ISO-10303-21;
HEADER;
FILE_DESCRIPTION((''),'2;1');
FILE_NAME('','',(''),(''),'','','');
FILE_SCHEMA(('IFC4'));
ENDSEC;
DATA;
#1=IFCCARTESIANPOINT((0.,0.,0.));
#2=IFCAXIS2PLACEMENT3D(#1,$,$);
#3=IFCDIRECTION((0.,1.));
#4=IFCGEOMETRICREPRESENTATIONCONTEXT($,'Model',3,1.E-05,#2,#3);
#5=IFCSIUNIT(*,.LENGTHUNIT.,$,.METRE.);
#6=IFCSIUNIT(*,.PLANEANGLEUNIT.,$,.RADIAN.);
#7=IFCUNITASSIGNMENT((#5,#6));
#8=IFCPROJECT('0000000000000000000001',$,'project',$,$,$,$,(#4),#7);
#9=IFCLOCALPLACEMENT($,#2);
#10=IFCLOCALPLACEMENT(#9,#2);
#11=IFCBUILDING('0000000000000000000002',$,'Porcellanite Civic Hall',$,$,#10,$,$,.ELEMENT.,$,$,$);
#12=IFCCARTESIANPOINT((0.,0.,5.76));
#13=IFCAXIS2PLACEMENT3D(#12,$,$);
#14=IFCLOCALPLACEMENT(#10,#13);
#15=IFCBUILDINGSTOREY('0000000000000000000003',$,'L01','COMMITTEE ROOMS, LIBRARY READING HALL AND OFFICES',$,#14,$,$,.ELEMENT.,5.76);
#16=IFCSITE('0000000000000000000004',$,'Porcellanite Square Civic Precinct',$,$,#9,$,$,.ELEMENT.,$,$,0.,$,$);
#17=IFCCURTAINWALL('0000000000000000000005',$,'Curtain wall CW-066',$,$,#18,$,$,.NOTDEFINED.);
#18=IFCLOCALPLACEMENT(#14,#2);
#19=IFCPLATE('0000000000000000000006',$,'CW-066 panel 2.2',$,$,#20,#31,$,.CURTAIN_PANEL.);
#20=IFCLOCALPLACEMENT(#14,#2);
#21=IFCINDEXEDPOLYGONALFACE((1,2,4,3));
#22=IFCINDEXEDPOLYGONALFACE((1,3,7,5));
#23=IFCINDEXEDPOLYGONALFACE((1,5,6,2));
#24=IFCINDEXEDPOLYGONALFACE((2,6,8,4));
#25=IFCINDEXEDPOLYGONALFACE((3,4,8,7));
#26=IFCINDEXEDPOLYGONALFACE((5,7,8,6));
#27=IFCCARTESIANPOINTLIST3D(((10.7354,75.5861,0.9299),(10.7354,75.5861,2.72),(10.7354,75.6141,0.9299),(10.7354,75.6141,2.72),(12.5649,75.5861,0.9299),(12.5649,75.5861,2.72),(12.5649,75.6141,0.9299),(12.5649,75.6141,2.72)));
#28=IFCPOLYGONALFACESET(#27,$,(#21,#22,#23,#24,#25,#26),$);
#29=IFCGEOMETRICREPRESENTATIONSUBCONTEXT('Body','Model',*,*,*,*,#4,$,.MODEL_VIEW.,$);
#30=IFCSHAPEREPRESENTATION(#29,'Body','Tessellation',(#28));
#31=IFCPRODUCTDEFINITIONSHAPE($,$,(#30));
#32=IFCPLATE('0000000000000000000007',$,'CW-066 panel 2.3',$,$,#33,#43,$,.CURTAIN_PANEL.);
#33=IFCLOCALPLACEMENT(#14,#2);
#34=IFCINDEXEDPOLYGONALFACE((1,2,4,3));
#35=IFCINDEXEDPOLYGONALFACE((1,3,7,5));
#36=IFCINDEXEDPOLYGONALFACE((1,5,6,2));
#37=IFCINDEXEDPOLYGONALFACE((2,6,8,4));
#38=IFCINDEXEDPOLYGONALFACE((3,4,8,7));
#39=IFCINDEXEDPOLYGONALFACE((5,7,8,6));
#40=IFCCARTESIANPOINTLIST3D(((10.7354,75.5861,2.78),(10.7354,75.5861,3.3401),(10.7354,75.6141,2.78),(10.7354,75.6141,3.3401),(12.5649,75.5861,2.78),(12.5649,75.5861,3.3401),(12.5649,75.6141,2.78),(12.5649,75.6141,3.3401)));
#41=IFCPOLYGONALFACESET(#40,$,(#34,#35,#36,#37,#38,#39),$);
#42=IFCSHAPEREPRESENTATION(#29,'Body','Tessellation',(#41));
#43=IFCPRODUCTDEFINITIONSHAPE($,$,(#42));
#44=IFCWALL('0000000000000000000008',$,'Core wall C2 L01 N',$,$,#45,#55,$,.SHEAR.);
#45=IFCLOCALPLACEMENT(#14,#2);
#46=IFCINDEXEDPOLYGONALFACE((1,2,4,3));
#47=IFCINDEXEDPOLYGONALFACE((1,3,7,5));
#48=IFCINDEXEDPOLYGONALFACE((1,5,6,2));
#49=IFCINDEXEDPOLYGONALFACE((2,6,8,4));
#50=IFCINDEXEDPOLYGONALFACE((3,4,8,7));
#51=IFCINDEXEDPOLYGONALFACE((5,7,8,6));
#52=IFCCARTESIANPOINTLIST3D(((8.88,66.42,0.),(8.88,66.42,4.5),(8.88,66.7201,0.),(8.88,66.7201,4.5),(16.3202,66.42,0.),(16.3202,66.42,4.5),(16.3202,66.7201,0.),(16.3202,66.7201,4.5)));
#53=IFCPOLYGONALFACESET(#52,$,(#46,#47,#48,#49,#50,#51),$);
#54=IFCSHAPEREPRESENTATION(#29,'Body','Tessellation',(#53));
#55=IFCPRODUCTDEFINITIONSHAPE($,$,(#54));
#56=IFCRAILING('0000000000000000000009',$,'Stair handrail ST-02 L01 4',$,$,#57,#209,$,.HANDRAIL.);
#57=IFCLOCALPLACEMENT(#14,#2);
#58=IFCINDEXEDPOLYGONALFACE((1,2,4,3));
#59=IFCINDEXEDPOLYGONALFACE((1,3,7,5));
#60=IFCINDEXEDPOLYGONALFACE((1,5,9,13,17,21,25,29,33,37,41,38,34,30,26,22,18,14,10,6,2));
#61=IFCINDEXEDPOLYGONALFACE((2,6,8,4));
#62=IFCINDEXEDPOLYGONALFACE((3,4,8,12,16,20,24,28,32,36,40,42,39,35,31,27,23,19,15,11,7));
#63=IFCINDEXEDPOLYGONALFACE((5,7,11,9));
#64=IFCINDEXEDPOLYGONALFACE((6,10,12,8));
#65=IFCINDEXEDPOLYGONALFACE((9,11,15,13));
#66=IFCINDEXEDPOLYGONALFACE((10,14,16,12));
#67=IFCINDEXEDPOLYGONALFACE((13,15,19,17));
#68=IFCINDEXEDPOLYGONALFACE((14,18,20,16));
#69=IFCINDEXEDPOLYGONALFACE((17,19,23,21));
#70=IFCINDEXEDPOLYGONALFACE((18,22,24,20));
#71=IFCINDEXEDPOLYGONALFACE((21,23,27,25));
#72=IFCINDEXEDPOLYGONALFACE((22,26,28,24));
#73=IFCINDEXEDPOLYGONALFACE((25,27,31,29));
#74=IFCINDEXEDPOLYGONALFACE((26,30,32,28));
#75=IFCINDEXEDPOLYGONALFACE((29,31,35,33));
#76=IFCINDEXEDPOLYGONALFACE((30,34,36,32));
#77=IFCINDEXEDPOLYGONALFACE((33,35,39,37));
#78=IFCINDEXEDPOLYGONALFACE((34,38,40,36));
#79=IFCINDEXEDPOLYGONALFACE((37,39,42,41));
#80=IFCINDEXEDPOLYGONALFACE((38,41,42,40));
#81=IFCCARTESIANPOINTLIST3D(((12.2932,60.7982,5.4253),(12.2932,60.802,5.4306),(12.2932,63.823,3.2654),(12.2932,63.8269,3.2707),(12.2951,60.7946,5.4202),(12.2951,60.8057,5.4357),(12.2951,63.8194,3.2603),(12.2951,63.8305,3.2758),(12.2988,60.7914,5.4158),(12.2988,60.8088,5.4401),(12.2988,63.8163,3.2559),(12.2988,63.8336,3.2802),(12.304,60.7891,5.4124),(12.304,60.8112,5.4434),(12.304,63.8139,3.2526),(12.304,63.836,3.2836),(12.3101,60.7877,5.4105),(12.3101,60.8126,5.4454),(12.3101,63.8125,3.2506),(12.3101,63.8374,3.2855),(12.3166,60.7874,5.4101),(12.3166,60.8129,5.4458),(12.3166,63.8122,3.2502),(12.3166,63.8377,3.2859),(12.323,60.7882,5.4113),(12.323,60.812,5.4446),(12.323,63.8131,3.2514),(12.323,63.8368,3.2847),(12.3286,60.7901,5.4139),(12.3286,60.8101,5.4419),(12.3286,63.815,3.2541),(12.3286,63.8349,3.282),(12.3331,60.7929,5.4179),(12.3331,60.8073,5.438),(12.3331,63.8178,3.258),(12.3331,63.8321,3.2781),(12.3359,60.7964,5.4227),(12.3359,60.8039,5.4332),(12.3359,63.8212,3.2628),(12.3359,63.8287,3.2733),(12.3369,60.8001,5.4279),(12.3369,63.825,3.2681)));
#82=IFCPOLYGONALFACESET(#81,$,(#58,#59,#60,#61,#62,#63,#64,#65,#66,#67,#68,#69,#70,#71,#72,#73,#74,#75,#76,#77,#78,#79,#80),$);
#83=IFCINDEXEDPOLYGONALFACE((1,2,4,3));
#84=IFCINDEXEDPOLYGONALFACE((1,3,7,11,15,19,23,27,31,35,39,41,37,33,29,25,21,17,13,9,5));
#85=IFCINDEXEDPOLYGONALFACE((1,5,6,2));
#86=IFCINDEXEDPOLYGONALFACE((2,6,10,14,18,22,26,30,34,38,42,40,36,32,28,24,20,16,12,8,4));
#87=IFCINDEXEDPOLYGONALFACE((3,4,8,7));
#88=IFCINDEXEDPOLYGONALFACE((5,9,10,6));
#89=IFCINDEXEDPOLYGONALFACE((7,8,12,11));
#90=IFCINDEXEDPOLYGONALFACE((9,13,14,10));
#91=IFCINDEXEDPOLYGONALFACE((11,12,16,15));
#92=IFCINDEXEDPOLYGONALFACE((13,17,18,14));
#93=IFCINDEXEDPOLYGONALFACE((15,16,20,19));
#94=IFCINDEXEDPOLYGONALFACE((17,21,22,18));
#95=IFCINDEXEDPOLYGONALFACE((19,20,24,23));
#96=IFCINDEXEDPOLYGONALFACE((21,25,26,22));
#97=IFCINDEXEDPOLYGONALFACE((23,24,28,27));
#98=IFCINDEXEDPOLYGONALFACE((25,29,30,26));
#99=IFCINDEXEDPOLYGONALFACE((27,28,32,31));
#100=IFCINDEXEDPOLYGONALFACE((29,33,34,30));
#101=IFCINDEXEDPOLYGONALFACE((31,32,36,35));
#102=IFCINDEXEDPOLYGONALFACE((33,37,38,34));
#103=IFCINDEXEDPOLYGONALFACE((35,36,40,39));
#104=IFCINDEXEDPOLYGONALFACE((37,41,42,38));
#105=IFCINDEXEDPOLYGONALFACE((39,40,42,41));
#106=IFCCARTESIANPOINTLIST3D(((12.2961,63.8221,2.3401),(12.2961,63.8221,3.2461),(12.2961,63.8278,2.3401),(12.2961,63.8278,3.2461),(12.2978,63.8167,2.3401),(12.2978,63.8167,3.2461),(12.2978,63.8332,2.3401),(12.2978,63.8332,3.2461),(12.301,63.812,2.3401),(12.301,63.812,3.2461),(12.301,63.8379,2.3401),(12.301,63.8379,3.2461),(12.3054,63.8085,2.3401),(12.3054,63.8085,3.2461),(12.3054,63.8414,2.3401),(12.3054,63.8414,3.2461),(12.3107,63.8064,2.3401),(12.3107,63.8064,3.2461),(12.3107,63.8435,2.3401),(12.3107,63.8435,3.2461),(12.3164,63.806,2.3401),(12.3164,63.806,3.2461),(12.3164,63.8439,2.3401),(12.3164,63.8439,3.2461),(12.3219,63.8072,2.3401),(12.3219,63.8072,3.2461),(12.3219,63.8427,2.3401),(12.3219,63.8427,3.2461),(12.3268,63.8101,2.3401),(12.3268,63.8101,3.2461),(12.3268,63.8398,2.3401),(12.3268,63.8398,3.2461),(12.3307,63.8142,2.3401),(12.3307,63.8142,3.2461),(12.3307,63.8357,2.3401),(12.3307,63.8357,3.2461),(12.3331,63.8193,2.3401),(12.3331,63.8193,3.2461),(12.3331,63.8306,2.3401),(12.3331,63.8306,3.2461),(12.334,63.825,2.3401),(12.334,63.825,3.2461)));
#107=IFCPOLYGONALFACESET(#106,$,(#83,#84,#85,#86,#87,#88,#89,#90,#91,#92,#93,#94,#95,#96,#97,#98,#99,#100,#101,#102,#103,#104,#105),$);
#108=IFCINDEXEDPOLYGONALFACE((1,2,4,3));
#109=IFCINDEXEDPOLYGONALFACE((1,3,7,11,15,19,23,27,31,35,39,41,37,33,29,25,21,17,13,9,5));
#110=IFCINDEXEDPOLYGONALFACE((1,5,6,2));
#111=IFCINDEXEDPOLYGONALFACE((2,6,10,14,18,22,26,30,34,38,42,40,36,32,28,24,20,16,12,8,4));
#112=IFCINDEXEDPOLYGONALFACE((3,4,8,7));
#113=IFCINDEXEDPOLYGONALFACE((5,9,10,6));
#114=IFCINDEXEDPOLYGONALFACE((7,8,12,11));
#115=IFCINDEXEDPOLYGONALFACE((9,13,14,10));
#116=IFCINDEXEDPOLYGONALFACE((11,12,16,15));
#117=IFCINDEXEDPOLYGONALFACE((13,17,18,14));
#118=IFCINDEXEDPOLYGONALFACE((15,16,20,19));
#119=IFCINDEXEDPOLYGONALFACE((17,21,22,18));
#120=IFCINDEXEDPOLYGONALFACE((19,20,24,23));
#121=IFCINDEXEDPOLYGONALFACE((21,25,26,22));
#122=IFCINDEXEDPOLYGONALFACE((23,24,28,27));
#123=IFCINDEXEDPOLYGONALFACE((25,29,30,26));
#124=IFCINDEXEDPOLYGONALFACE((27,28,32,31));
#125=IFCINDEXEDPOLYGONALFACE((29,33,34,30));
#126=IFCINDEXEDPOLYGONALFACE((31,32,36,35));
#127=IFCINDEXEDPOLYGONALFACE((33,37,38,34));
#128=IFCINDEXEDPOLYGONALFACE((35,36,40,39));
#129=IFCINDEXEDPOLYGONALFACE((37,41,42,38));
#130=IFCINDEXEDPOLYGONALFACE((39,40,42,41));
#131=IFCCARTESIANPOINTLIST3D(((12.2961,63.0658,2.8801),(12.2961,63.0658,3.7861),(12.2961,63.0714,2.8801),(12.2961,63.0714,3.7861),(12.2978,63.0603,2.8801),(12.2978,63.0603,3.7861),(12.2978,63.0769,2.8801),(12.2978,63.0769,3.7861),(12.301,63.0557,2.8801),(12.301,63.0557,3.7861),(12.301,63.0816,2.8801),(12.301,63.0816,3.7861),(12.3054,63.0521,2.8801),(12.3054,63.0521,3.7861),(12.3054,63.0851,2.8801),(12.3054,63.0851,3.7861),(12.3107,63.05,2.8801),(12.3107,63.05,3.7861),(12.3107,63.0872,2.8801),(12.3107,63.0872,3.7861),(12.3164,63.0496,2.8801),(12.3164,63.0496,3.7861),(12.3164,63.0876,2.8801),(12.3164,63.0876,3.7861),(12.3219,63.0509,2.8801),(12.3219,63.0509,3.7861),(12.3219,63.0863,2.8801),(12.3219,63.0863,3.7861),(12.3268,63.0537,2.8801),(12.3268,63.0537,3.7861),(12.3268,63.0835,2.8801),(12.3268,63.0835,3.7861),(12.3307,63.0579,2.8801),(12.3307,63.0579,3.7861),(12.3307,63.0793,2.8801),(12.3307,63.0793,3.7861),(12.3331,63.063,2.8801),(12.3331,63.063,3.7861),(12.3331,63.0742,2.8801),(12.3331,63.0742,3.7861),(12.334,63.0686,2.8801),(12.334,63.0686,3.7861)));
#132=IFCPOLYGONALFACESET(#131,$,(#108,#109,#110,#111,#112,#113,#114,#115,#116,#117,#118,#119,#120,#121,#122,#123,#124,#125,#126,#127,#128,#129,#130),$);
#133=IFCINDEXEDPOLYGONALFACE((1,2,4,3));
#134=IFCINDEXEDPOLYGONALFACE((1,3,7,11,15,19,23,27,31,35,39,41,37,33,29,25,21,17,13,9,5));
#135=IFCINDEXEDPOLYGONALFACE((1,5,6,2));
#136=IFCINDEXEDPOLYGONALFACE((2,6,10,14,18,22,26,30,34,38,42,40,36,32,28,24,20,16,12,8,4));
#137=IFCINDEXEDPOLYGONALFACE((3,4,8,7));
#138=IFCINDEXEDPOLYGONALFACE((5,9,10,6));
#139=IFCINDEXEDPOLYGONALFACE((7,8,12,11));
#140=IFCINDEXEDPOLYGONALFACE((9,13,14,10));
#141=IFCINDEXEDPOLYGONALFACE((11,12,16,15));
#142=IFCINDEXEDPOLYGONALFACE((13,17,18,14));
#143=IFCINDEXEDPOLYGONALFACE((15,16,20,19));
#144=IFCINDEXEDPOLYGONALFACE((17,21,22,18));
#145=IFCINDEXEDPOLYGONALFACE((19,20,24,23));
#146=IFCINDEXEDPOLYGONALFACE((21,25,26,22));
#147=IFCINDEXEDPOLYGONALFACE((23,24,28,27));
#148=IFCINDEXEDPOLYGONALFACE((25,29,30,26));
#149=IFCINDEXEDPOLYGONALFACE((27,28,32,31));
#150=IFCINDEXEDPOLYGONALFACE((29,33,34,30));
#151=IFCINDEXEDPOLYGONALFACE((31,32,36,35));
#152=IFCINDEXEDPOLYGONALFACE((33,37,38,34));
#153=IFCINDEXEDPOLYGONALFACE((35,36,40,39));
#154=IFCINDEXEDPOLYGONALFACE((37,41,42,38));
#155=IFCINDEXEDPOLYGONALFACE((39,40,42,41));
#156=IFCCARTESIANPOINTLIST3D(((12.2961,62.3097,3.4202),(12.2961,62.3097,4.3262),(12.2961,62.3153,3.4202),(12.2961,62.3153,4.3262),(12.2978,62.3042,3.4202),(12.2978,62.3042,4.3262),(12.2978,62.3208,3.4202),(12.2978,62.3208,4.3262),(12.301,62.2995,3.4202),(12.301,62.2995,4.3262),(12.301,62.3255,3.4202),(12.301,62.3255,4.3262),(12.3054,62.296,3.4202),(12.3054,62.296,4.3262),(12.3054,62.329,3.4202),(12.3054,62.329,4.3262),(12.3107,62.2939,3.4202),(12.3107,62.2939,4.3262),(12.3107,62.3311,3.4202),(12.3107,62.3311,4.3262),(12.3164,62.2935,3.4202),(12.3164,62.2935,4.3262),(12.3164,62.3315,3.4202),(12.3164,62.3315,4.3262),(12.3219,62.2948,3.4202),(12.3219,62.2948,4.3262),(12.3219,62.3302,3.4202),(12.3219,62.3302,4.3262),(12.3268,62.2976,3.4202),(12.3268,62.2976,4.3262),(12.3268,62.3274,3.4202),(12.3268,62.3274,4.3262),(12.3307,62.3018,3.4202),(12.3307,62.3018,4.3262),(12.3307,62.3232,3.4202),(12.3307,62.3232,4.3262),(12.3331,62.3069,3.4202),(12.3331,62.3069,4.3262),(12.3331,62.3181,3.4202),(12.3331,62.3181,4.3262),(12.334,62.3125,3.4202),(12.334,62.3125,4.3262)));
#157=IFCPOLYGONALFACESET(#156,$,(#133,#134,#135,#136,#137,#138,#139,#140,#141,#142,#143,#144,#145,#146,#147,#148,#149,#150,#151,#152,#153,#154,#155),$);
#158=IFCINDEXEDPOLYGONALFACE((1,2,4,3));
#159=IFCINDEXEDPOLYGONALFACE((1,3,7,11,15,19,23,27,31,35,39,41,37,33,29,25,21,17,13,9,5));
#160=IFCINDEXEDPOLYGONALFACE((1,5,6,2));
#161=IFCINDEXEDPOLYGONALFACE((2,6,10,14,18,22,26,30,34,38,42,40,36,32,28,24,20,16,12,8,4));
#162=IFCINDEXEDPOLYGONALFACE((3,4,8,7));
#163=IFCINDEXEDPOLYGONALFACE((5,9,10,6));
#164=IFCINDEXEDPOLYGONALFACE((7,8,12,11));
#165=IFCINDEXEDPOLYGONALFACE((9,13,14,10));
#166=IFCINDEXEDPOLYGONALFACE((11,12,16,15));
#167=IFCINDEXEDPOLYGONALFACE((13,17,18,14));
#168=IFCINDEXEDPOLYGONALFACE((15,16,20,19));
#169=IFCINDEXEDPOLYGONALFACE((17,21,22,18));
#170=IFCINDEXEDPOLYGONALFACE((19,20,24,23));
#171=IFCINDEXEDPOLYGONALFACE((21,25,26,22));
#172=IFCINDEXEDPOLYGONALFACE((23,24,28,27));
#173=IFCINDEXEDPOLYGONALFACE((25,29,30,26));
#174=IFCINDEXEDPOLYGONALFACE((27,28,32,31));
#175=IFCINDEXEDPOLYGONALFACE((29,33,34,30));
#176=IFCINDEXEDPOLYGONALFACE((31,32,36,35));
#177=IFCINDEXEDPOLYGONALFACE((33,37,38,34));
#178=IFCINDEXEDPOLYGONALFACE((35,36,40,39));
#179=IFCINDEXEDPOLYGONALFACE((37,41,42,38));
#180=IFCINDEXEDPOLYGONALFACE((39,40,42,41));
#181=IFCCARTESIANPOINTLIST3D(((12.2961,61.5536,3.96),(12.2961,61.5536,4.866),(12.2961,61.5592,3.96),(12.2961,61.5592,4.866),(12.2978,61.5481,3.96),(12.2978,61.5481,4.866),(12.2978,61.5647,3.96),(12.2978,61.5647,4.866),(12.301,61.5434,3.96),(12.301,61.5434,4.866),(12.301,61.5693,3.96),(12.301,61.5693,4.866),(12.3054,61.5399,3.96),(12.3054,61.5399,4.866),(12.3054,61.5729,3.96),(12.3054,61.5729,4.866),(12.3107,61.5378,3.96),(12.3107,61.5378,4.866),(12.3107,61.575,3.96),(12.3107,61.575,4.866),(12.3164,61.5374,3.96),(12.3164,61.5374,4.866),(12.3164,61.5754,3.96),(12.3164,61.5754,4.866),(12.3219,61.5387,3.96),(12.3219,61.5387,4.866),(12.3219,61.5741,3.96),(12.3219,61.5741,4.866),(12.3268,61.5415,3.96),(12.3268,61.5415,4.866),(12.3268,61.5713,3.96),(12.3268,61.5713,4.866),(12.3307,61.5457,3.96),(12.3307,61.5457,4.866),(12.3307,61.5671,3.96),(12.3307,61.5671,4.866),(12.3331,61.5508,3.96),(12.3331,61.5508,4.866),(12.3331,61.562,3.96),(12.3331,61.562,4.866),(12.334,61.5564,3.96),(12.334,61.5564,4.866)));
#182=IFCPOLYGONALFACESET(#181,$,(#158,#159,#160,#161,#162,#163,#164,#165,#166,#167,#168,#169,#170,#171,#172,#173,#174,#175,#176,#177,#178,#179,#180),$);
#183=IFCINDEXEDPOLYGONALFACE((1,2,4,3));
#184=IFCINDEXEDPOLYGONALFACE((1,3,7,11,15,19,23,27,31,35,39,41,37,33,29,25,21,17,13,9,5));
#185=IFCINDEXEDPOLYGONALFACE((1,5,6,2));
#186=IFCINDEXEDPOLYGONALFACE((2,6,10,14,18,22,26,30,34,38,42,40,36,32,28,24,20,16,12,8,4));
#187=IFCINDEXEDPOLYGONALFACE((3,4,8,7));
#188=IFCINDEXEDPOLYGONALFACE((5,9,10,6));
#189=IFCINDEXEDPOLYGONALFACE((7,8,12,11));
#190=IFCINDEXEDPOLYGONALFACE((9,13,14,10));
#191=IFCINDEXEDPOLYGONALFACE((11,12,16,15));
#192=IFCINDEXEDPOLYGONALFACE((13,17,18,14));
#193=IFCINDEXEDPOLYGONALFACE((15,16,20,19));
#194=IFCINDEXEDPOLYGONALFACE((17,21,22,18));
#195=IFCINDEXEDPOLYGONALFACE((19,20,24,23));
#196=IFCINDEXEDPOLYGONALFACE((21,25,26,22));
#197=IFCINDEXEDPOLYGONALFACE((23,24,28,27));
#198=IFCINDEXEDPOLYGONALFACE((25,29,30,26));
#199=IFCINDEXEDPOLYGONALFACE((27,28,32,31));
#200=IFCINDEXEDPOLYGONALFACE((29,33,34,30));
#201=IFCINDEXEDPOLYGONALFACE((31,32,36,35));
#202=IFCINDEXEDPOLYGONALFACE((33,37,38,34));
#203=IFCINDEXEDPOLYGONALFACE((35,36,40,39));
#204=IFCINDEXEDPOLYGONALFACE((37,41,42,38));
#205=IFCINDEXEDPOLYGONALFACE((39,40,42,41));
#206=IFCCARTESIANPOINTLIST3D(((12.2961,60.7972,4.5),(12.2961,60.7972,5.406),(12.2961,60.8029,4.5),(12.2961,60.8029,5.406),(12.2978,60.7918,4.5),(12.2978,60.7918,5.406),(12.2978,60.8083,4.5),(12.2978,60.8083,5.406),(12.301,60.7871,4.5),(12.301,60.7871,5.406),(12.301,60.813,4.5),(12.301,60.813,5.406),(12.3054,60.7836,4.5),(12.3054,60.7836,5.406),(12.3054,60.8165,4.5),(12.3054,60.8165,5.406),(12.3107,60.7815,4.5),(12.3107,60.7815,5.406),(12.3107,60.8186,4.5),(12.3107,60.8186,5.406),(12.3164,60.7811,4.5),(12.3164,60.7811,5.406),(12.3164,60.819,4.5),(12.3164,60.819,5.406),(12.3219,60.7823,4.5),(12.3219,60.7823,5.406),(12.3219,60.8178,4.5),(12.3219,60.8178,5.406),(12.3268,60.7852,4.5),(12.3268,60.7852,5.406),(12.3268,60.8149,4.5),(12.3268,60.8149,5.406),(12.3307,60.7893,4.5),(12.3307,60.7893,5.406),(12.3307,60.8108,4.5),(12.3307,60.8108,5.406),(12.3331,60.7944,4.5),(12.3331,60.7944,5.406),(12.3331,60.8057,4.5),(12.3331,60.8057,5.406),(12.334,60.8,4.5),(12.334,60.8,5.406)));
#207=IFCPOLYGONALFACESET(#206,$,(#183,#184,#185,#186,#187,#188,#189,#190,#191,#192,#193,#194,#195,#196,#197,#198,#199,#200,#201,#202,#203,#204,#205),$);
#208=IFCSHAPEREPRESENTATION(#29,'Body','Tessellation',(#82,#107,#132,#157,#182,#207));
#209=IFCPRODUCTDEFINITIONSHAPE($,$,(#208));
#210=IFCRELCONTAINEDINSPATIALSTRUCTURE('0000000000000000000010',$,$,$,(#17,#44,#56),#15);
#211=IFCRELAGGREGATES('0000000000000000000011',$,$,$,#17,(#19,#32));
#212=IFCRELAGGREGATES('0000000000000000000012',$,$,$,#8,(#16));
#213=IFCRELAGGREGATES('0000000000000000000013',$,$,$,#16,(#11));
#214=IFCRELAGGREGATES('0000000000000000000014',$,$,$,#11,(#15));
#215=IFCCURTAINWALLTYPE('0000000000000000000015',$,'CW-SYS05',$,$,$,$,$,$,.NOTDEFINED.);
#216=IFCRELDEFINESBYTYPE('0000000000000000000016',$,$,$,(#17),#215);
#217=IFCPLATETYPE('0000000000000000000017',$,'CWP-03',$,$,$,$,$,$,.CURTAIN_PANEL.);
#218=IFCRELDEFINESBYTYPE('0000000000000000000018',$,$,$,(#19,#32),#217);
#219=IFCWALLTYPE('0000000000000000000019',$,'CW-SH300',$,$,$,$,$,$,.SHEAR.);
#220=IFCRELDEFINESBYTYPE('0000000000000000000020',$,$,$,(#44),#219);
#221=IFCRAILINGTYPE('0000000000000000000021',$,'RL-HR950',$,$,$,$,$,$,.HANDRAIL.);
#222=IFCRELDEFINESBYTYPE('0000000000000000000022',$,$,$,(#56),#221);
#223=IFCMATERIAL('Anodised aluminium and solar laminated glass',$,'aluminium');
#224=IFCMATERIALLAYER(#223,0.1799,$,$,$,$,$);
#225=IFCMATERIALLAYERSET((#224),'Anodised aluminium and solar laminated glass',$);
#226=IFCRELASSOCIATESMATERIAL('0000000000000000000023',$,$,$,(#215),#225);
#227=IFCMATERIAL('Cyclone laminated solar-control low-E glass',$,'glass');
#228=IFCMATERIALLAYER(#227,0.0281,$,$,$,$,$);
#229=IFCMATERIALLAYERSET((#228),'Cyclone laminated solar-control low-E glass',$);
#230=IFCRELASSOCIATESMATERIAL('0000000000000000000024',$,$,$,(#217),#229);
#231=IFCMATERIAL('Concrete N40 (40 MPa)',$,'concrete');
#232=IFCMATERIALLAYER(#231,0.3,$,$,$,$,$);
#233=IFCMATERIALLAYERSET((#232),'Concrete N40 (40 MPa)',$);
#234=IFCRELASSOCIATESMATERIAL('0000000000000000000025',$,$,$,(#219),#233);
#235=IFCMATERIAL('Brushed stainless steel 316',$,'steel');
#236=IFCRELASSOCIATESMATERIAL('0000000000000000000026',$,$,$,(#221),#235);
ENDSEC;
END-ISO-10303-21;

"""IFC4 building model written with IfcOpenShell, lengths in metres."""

from ifc_helpers import new_model, si_unit, direction, frame, frame_2d, origin, origin_2d, place, context, subcontext, project, spatial, rectangle, circle, extrude, material, layer, layer_set, type_object, element, aggregate, save


model = new_model("IFC4")

# Units and contexts
model_context = context("Model", 3, precision=1e-05, world=origin(), true_north=direction((0.0, 1.0)))
body_context = subcontext(model_context, "Body", "Model", "MODEL_VIEW")
ifc_project = project(units=[si_unit("LENGTHUNIT", "METRE"), si_unit("PLANEANGLEUNIT", "RADIAN")], contexts=[model_context])

# Site, building, storey
site_placement = place(None, origin())
site = spatial("IfcSite", under=ifc_project, at=site_placement, Name="Porcellanite Square Civic Precinct", CompositionType="ELEMENT", RefElevation=0.0)
building_placement = place(site_placement, origin())
building = spatial("IfcBuilding", under=site, at=building_placement, Name="Porcellanite Civic Hall", CompositionType="ELEMENT")
storey_placement = place(building_placement, frame((0.0, 0.0, 5.76)))
storey = spatial("IfcBuildingStorey", under=building, at=storey_placement, Name="L01", Description="COMMITTEE ROOMS, LIBRARY READING HALL AND OFFICES", CompositionType="ELEMENT", Elevation=5.76)

# Curtain wall, plates
ifc_material_1 = material(Name="Anodised aluminium and solar laminated glass", Category="aluminium")
ifc_layer_1 = layer(ifc_material_1, 0.1799)
ifc_layer_set_1 = layer_set([ifc_layer_1], Name="Anodised aluminium and solar laminated glass")
curtain_wall_type = type_object("IfcCurtainWallType", Name="CW-SYS05", PredefinedType="NOTDEFINED", material=ifc_layer_set_1)
curtain_wall_placement = place(storey_placement, origin())
curtain_wall = element("IfcCurtainWall", 1, at=curtain_wall_placement, inside=storey, type_object=curtain_wall_type, Name="Curtain wall CW-066", PredefinedType="NOTDEFINED")
ifc_material_2 = material(Name="Cyclone laminated solar-control low-E glass", Category="glass")
ifc_layer_2 = layer(ifc_material_2, 0.0281)
ifc_layer_set_2 = layer_set([ifc_layer_2], Name="Cyclone laminated solar-control low-E glass")
plate_type = type_object("IfcPlateType", Name="CWP-03", PredefinedType="CURTAIN_PANEL", material=ifc_layer_set_2)
plate_1_placement = place(storey_placement, frame((11.6501, 75.6001, 0.9299), z_axis=(0.0, 0.0, 1.0), x_axis=(1.0, 0.0, 0.0)))
plate_1 = element("IfcPlate", 2, at=plate_1_placement, type_object=plate_type, Name="CW-066 panel 2.2", PredefinedType="CURTAIN_PANEL", context=body_context, shape_type="SweptSolid", body=[
    extrude(rectangle(XDim=1.8296, YDim=0.0281, at=origin_2d()), origin(), (0.0, 0.0, 1.0), 1.79),
])
plate_2_placement = place(storey_placement, frame((11.6501, 75.6001, 2.78), z_axis=(0.0, 0.0, 1.0), x_axis=(1.0, 0.0, 0.0)))
plate_2 = element("IfcPlate", 3, at=plate_2_placement, type_object=plate_type, Name="CW-066 panel 2.3", PredefinedType="CURTAIN_PANEL", context=body_context, shape_type="SweptSolid", body=[
    extrude(rectangle(XDim=1.8296, YDim=0.0281, at=origin_2d()), origin(), (0.0, 0.0, 1.0), 0.5601),
])
aggregate(curtain_wall, [plate_1, plate_2])

# Wall
ifc_material_3 = material(Name="Concrete N40 (40 MPa)", Category="concrete")
ifc_layer_3 = layer(ifc_material_3, 0.3)
ifc_layer_set_3 = layer_set([ifc_layer_3], Name="Concrete N40 (40 MPa)")
wall_type = type_object("IfcWallType", Name="CW-SH300", PredefinedType="SHEAR", material=ifc_layer_set_3)
wall_placement = place(storey_placement, frame((8.8799, 66.5701, 0.0), z_axis=(0.0, 0.0, 1.0), x_axis=(1.0, 0.0, 0.0)))
element("IfcWall", 4, at=wall_placement, inside=storey, type_object=wall_type, Name="Core wall C2 L01 N", PredefinedType="SHEAR", context=body_context, shape_type="SweptSolid", body=[
    extrude(rectangle(XDim=7.4402, YDim=0.3, at=frame_2d((3.7202, 0.0))), origin(), (0.0, 0.0, 1.0), 4.5),
])

# Railing
ifc_material_4 = material(Name="Brushed stainless steel 316", Category="steel")
railing_type = type_object("IfcRailingType", Name="RL-HR950", PredefinedType="HANDRAIL", material=ifc_material_4)
railing_placement = place(storey_placement, frame((12.3149, 63.825, 2.3401)))
element("IfcRailing", 5, at=railing_placement, inside=storey, type_object=railing_type, Name="Stair handrail ST-02 L01 4", PredefinedType="HANDRAIL", context=body_context, shape_type="SweptSolid", body=[
    extrude(circle(Radius=0.022, at=origin_2d()), frame((0.0, 0.0, 0.928), z_axis=(0.0, -0.813827, 0.581108), x_axis=(1.0, 0.0, 0.0)), (0.0, 0.0, 1.0), 3.7168),
    extrude(circle(Radius=0.019, at=origin_2d()), origin(), (0.0, 0.0, 1.0), 0.906),
    extrude(circle(Radius=0.019, at=origin_2d()), frame((0.0, -0.7563, 0.54)), (0.0, 0.0, 1.0), 0.906),
    extrude(circle(Radius=0.019, at=origin_2d()), frame((0.0, -1.5125, 1.0801)), (0.0, 0.0, 1.0), 0.906),
    extrude(circle(Radius=0.019, at=origin_2d()), frame((0.0, -2.2686, 1.6199)), (0.0, 0.0, 1.0), 0.906),
    extrude(circle(Radius=0.019, at=origin_2d()), frame((0.0, -3.0249, 2.1599)), (0.0, 0.0, 1.0), 0.906),
])

save(model, "model.ifc")
